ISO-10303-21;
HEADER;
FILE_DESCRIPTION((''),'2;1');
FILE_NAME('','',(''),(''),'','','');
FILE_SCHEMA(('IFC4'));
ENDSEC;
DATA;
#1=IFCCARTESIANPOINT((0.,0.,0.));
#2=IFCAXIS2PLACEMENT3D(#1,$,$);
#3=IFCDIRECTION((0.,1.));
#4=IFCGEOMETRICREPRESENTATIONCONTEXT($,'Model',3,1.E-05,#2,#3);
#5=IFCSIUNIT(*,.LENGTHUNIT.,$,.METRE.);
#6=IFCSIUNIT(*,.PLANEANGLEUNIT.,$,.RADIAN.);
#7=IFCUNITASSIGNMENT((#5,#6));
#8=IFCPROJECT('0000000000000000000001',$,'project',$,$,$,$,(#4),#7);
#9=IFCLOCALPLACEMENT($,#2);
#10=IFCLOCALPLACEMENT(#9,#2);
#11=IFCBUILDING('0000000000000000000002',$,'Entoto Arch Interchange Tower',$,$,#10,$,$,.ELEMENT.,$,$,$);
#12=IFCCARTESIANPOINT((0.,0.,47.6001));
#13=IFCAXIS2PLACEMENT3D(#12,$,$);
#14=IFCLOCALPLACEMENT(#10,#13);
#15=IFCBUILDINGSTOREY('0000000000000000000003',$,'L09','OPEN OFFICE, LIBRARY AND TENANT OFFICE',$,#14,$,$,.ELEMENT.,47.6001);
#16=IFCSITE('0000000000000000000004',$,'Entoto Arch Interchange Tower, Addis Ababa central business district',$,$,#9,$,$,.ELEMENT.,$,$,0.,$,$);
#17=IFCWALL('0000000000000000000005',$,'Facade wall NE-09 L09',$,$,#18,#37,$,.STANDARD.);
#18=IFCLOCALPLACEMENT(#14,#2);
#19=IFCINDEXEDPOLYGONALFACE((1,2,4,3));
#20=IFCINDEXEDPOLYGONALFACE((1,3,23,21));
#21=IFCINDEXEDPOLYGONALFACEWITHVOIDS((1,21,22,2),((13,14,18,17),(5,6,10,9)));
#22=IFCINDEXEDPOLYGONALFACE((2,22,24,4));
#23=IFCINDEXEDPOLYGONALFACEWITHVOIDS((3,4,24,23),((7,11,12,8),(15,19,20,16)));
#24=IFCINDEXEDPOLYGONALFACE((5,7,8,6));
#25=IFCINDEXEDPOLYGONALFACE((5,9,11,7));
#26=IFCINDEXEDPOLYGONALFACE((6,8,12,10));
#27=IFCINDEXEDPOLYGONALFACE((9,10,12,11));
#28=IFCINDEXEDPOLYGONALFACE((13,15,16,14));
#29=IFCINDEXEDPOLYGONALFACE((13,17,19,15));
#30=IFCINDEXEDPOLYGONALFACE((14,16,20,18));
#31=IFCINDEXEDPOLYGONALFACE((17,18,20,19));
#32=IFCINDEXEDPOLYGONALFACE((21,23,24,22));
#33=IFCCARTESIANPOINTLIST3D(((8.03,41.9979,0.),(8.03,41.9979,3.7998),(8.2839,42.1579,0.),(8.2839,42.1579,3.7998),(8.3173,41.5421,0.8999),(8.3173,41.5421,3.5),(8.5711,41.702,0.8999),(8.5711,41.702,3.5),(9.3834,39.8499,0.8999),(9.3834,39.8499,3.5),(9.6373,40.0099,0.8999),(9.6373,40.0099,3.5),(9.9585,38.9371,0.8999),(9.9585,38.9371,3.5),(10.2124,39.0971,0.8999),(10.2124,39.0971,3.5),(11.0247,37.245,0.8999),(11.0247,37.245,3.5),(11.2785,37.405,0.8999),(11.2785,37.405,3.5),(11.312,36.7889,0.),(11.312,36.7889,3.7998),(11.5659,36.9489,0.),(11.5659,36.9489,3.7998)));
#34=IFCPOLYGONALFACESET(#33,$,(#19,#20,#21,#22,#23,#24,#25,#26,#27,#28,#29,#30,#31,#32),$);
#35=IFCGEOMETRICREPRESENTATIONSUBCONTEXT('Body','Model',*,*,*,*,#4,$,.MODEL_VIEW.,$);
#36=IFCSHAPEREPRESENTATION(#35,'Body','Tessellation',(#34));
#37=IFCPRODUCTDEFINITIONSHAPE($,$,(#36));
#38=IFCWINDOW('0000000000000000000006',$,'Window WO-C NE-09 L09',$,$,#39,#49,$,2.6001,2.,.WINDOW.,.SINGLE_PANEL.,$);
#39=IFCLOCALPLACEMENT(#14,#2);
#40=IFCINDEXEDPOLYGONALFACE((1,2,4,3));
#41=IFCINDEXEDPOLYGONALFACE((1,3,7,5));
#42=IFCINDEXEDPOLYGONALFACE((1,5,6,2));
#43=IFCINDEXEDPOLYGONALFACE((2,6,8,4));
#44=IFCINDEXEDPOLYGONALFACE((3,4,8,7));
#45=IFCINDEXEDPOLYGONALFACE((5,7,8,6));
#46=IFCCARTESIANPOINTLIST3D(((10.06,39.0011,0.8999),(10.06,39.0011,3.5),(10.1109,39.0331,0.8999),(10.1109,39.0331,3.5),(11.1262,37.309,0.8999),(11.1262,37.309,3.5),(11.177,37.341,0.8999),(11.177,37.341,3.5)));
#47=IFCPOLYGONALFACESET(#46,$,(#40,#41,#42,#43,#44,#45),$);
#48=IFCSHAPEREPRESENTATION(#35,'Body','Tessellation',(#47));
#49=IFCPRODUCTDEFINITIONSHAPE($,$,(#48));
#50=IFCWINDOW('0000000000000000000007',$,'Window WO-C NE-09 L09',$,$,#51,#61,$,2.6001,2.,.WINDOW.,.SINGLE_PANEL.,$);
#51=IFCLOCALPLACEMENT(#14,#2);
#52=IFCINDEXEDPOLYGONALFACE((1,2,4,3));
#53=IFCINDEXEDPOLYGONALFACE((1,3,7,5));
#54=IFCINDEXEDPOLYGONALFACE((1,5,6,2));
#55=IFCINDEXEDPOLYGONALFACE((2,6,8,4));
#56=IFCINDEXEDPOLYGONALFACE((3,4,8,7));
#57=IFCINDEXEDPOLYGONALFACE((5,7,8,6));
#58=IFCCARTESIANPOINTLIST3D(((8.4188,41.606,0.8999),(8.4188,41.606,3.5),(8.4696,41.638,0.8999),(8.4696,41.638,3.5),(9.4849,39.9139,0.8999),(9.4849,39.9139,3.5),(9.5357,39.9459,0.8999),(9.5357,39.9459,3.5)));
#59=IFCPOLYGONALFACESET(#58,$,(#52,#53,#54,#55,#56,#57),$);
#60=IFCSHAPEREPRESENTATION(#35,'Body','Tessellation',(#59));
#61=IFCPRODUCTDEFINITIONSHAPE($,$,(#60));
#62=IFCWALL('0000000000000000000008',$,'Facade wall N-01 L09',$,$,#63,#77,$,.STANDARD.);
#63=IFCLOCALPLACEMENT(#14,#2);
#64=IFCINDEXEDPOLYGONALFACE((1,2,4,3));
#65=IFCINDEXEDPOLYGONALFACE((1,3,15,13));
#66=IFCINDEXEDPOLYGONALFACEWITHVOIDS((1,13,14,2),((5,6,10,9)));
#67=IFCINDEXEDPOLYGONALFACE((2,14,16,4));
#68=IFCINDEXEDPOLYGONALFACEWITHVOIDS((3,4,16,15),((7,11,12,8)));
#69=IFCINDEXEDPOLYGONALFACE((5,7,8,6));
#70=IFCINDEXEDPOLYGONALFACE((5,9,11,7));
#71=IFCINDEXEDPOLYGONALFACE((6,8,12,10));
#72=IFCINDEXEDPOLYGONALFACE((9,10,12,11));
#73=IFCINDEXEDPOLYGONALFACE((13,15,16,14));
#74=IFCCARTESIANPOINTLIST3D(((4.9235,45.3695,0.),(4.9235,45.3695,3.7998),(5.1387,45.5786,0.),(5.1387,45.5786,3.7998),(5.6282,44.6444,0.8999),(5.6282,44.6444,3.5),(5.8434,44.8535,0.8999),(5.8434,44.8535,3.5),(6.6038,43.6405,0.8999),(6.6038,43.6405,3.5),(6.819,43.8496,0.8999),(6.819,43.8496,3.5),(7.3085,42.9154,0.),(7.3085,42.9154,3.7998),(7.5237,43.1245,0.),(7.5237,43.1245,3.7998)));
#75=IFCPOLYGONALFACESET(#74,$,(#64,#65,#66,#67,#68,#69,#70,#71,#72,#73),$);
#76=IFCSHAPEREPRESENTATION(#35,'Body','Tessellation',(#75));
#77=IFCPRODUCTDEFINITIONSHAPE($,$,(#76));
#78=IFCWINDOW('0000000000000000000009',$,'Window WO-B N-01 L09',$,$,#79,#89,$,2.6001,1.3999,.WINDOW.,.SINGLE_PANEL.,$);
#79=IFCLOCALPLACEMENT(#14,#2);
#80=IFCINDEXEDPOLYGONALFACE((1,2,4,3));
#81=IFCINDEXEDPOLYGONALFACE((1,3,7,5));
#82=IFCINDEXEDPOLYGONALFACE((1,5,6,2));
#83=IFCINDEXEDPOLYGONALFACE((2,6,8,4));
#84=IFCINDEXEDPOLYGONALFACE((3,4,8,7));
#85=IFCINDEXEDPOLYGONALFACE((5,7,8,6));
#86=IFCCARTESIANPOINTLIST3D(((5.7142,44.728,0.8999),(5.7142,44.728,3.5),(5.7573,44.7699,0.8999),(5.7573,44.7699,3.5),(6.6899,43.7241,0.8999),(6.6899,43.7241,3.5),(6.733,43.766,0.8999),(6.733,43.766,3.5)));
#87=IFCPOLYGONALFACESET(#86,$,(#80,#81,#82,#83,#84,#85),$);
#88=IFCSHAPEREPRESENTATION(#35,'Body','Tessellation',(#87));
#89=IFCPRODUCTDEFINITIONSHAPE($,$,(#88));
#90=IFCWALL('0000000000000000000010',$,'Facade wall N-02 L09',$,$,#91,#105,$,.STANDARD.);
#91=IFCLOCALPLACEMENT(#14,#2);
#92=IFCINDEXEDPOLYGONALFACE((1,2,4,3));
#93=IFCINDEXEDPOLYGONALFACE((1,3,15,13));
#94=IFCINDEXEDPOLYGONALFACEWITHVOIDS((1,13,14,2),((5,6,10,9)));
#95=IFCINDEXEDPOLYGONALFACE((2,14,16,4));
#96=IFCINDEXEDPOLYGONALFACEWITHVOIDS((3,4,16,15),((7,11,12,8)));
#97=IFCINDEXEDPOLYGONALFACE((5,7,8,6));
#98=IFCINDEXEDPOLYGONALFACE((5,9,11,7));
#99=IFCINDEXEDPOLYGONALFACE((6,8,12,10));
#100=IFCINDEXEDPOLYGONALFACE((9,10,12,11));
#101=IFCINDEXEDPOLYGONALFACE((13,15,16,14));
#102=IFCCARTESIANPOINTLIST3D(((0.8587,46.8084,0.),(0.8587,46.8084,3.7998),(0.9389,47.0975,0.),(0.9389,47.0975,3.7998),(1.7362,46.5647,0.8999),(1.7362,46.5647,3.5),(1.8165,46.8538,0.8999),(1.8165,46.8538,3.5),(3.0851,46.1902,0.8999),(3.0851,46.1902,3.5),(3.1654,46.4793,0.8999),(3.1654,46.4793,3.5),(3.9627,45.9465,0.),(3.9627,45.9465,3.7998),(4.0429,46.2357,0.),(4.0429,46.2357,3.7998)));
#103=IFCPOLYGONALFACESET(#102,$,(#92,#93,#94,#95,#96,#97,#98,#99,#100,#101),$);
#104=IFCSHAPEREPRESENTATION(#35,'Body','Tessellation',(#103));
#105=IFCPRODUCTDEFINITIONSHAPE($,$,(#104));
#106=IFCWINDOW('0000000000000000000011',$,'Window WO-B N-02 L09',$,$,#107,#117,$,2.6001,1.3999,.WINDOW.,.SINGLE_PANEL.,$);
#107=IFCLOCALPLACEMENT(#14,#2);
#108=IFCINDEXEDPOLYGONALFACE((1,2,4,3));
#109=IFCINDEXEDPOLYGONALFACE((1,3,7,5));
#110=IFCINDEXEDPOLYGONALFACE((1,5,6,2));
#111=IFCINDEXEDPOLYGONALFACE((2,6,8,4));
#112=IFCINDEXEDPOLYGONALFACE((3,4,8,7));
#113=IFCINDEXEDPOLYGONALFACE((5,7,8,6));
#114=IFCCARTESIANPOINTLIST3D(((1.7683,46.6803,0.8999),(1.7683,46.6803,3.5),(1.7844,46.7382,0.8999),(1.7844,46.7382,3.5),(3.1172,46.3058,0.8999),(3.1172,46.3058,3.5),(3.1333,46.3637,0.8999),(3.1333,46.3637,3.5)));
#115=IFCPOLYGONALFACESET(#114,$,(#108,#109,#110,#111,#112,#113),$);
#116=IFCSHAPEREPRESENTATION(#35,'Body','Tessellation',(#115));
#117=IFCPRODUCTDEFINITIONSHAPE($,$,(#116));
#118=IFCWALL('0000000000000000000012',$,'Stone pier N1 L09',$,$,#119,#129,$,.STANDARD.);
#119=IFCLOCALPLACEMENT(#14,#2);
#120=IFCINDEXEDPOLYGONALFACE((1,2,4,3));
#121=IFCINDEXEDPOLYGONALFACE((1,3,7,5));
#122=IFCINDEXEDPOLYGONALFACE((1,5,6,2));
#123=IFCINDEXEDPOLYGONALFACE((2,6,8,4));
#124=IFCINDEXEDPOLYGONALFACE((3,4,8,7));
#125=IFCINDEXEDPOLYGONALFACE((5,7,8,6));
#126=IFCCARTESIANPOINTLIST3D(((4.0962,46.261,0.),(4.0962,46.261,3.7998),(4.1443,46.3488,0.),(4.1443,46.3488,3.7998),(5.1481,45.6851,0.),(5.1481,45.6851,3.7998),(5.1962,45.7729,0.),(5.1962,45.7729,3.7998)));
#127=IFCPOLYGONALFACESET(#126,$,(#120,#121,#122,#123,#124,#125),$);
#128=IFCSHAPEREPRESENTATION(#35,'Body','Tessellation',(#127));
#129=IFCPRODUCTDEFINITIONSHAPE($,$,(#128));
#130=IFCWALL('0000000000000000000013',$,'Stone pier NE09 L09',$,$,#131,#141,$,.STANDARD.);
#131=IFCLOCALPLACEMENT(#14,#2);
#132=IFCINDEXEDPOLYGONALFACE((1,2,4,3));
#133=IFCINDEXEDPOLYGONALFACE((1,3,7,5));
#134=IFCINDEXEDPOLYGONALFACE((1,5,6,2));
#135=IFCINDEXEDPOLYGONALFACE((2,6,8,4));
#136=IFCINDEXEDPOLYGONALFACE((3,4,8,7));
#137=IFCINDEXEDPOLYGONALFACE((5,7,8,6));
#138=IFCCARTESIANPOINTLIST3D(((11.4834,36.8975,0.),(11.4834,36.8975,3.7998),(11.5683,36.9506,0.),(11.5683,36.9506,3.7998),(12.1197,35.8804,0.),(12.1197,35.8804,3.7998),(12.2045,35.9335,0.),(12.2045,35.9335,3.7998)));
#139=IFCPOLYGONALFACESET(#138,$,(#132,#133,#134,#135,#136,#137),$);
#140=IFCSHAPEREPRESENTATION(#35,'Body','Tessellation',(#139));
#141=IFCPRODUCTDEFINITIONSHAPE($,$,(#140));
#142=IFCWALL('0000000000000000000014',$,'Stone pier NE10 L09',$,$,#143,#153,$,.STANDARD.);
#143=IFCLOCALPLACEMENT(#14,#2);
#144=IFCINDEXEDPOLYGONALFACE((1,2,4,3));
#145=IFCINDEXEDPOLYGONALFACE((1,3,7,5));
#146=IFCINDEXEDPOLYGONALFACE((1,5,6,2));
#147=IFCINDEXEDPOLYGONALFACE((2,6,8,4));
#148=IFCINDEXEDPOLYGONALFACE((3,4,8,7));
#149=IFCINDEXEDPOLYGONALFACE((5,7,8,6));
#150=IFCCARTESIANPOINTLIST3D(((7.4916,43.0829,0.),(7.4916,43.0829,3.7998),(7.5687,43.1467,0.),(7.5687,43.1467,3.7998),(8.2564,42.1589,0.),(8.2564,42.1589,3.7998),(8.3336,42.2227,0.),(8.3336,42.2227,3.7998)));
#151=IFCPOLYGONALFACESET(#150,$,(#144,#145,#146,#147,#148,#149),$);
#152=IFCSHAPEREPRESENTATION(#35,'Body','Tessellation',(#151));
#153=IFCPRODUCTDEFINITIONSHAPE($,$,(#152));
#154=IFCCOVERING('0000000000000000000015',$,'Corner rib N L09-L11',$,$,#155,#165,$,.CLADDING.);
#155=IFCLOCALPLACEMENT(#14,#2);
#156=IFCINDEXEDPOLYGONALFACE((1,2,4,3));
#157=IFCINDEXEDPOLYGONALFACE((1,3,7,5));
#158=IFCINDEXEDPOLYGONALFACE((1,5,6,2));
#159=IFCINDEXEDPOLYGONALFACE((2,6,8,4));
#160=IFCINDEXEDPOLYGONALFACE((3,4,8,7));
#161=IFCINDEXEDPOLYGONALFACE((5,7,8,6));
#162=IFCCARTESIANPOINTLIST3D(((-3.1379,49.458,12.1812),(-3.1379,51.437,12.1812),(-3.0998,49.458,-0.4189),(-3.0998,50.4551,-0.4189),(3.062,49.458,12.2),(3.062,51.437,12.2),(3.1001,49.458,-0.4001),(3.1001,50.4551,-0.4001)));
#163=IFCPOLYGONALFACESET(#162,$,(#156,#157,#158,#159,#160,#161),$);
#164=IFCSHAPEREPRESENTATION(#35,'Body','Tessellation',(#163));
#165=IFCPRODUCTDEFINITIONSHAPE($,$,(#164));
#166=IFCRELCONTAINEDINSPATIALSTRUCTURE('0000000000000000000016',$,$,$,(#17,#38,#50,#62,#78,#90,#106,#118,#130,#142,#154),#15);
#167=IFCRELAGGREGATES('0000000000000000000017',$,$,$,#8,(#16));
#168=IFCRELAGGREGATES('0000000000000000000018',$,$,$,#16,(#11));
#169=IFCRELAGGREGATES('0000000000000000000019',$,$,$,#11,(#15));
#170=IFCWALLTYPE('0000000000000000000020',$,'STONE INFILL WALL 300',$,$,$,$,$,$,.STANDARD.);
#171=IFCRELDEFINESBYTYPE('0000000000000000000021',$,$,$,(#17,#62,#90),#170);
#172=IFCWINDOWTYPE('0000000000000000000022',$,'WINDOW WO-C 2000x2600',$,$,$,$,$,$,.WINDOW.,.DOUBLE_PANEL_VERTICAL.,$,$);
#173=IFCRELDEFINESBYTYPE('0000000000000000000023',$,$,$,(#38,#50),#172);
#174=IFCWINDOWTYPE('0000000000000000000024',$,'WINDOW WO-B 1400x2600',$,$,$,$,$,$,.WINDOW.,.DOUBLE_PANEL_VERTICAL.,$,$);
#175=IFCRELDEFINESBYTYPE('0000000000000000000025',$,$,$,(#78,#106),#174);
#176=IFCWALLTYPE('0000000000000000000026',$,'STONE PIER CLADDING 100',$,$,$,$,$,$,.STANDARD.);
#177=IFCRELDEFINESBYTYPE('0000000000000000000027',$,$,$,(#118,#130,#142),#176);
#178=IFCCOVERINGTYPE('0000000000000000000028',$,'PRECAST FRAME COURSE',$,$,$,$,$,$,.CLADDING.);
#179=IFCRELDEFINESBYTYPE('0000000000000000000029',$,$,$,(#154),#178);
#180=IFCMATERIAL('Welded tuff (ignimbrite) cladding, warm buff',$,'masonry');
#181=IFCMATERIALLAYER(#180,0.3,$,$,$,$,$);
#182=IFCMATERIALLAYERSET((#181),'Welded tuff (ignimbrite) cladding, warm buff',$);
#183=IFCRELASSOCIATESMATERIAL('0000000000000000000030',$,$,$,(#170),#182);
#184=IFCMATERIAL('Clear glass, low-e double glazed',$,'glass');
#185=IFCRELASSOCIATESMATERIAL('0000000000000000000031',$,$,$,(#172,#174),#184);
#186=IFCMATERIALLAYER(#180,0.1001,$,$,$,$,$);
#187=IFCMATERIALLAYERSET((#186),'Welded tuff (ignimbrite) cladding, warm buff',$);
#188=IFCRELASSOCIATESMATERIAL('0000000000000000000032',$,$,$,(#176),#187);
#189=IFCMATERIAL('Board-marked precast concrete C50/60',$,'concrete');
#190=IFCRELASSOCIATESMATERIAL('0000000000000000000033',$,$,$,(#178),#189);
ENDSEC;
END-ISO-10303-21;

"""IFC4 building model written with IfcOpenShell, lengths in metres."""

from ifc_helpers import new_model, si_unit, direction, frame, frame_2d, origin, place, context, subcontext, project, spatial, polyline, rectangle, outline, extrude, material, layer, layer_set, type_object, element, fill, save


model = new_model("IFC4")

# Units and contexts
model_context = context("Model", 3, precision=1e-05, world=origin(), true_north=direction((0.0, 1.0)))
body_context = subcontext(model_context, "Body", "Model", "MODEL_VIEW")
ifc_project = project(units=[si_unit("LENGTHUNIT", "METRE"), si_unit("PLANEANGLEUNIT", "RADIAN")], contexts=[model_context])

# Site, building, storey
site_placement = place(None, origin())
site = spatial("IfcSite", under=ifc_project, at=site_placement, Name="Entoto Arch Interchange Tower, Addis Ababa central business district", CompositionType="ELEMENT", RefElevation=0.0)
building_placement = place(site_placement, origin())
building = spatial("IfcBuilding", under=site, at=building_placement, Name="Entoto Arch Interchange Tower", CompositionType="ELEMENT")
storey_placement = place(building_placement, frame((0.0, 0.0, 47.6001)))
storey = spatial("IfcBuildingStorey", under=building, at=storey_placement, Name="L09", Description="OPEN OFFICE, LIBRARY AND TENANT OFFICE", CompositionType="ELEMENT", Elevation=47.6001)

# Wall, openings, windows
ifc_material_1 = material(Name="Welded tuff (ignimbrite) cladding, warm buff", Category="masonry")
ifc_layer_1 = layer(ifc_material_1, 0.3)
ifc_layer_set_1 = layer_set([ifc_layer_1], Name="Welded tuff (ignimbrite) cladding, warm buff")
wall_type_1 = type_object("IfcWallType", Name="STONE INFILL WALL 300", PredefinedType="STANDARD", material=ifc_layer_set_1)
wall_1_placement = place(storey_placement, frame((11.439, 36.8689, 0.0), z_axis=(0.0, 0.0, 1.0), x_axis=(-0.533075, 0.846068, 0.0)))
wall_1 = element("IfcWall", 1, at=wall_1_placement, inside=storey, type_object=wall_type_1, Name="Facade wall NE-09 L09", PredefinedType="STANDARD", context=body_context, shape_type="SweptSolid", body=[
    extrude(rectangle(XDim=6.1567, YDim=0.3, at=frame_2d((3.0784, 0.0))), origin(), (0.0, 0.0, 1.0), 3.7998),
])
opening_1_placement = place(wall_1_placement, frame((0.5391, 0.0, 0.8999)))
opening_1 = element("IfcOpeningElement", 2, at=opening_1_placement, cuts=wall_1, PredefinedType="OPENING", context=body_context, shape_type="SweptSolid", body=[
    extrude(rectangle(XDim=2.0, YDim=2.6001, at=frame_2d((1.0, 1.3))), frame((0.0, 0.1602, 0.0), z_axis=(0.0, -1.0, 0.0), x_axis=(1.0, 0.0, 0.0)), (0.0, 0.0, 1.0), 0.3201),
])
opening_2_placement = place(wall_1_placement, frame((3.6179, 0.0, 0.8999)))
opening_2 = element("IfcOpeningElement", 3, at=opening_2_placement, cuts=wall_1, PredefinedType="OPENING", context=body_context, shape_type="SweptSolid", body=[
    extrude(rectangle(XDim=2.0, YDim=2.6001, at=frame_2d((1.0, 1.3))), frame((0.0, 0.1602, 0.0), z_axis=(0.0, -1.0, 0.0), x_axis=(1.0, 0.0, 0.0)), (0.0, 0.0, 1.0), 0.3201),
])
ifc_material_2 = material(Name="Clear glass, low-e double glazed", Category="glass")
window_type_1 = type_object("IfcWindowType", Name="WINDOW WO-C 2000x2600", PartitioningType="DOUBLE_PANEL_VERTICAL", PredefinedType="WINDOW", material=ifc_material_2)
window_1_placement = place(opening_1_placement, origin())
window_1 = element("IfcWindow", 4, at=window_1_placement, inside=storey, type_object=window_type_1, Name="Window WO-C NE-09 L09", OverallHeight=2.6001, OverallWidth=2.0, PartitioningType="SINGLE_PANEL", PredefinedType="WINDOW", context=body_context, shape_type="SweptSolid", body=[
    extrude(rectangle(XDim=2.0, YDim=2.6001, at=frame_2d((1.0, 1.3))), frame((0.0, 0.03, 0.0), z_axis=(0.0, -1.0, 0.0), x_axis=(1.0, 0.0, 0.0)), (0.0, 0.0, 1.0), 0.0601),
])
fill(opening_1, window_1)
window_2_placement = place(opening_2_placement, origin())
window_2 = element("IfcWindow", 5, at=window_2_placement, inside=storey, type_object=window_type_1, Name="Window WO-C NE-09 L09", OverallHeight=2.6001, OverallWidth=2.0, PartitioningType="SINGLE_PANEL", PredefinedType="WINDOW", context=body_context, shape_type="SweptSolid", body=[
    extrude(rectangle(XDim=2.0, YDim=2.6001, at=frame_2d((1.0, 1.3))), frame((0.0, 0.03, 0.0), z_axis=(0.0, -1.0, 0.0), x_axis=(1.0, 0.0, 0.0)), (0.0, 0.0, 1.0), 0.0601),
])
fill(opening_2, window_2)

# Walls, openings, windows
wall_2_placement = place(storey_placement, frame((7.416, 43.02, 0.0), z_axis=(0.0, 0.0, 1.0), x_axis=(-0.69694, 0.71713, 0.0)))
wall_2 = element("IfcWall", 6, at=wall_2_placement, inside=storey, type_object=wall_type_1, Name="Facade wall N-01 L09", PredefinedType="STANDARD", context=body_context, shape_type="SweptSolid", body=[
    extrude(rectangle(XDim=3.4221, YDim=0.3, at=frame_2d((1.7109, 0.0))), origin(), (0.0, 0.0, 1.0), 3.7998),
])
opening_3_placement = place(wall_2_placement, frame((1.011, 0.0, 0.8999)))
opening_3 = element("IfcOpeningElement", 7, at=opening_3_placement, cuts=wall_2, PredefinedType="OPENING", context=body_context, shape_type="SweptSolid", body=[
    extrude(rectangle(XDim=1.3999, YDim=2.6001, at=frame_2d((0.7, 1.3))), frame((0.0, 0.1602, 0.0), z_axis=(0.0, -1.0, 0.0), x_axis=(1.0, 0.0, 0.0)), (0.0, 0.0, 1.0), 0.3201),
])
window_type_2 = type_object("IfcWindowType", Name="WINDOW WO-B 1400x2600", PartitioningType="DOUBLE_PANEL_VERTICAL", PredefinedType="WINDOW", material=ifc_material_2)
window_3_placement = place(opening_3_placement, origin())
window_3 = element("IfcWindow", 8, at=window_3_placement, inside=storey, type_object=window_type_2, Name="Window WO-B N-01 L09", OverallHeight=2.6001, OverallWidth=1.3999, PartitioningType="SINGLE_PANEL", PredefinedType="WINDOW", context=body_context, shape_type="SweptSolid", body=[
    extrude(rectangle(XDim=1.3999, YDim=2.6001, at=frame_2d((0.7, 1.3))), frame((0.0, 0.03, 0.0), z_axis=(0.0, -1.0, 0.0), x_axis=(1.0, 0.0, 0.0)), (0.0, 0.0, 1.0), 0.0601),
])
fill(opening_3, window_3)
wall_3_placement = place(storey_placement, frame((4.0029, 46.0911, 0.0), z_axis=(0.0, 0.0, 1.0), x_axis=(-0.96355, 0.267527, 0.0)))
wall_3 = element("IfcWall", 9, at=wall_3_placement, inside=storey, type_object=wall_type_1, Name="Facade wall N-02 L09", PredefinedType="STANDARD", context=body_context, shape_type="SweptSolid", body=[
    extrude(rectangle(XDim=3.2214, YDim=0.3, at=frame_2d((1.6108, 0.0))), origin(), (0.0, 0.0, 1.0), 3.7998),
])
opening_4_placement = place(wall_3_placement, frame((0.9109, 0.0, 0.8999)))
opening_4 = element("IfcOpeningElement", 10, at=opening_4_placement, cuts=wall_3, PredefinedType="OPENING", context=body_context, shape_type="SweptSolid", body=[
    extrude(rectangle(XDim=1.3999, YDim=2.6001, at=frame_2d((0.7, 1.3))), frame((0.0, 0.1602, 0.0), z_axis=(0.0, -1.0, 0.0), x_axis=(1.0, 0.0, 0.0)), (0.0, 0.0, 1.0), 0.3201),
])
window_4_placement = place(opening_4_placement, origin())
window_4 = element("IfcWindow", 11, at=window_4_placement, inside=storey, type_object=window_type_2, Name="Window WO-B N-02 L09", OverallHeight=2.6001, OverallWidth=1.3999, PartitioningType="SINGLE_PANEL", PredefinedType="WINDOW", context=body_context, shape_type="SweptSolid", body=[
    extrude(rectangle(XDim=1.3999, YDim=2.6001, at=frame_2d((0.7, 1.3))), frame((0.0, 0.03, 0.0), z_axis=(0.0, -1.0, 0.0), x_axis=(1.0, 0.0, 0.0)), (0.0, 0.0, 1.0), 0.0601),
])
fill(opening_4, window_4)

# Walls
ifc_layer_2 = layer(ifc_material_1, 0.1001)
ifc_layer_set_2 = layer_set([ifc_layer_2], Name="Welded tuff (ignimbrite) cladding, warm buff")
wall_type_2 = type_object("IfcWallType", Name="STONE PIER CLADDING 100", PredefinedType="STANDARD", material=ifc_layer_set_2)
wall_4_placement = place(storey_placement, frame((5.1721, 45.729, 0.0), z_axis=(0.0, 0.0, 1.0), x_axis=(-0.877155, 0.480206, 0.0)))
element("IfcWall", 12, at=wall_4_placement, inside=storey, type_object=wall_type_2, Name="Stone pier N1 L09", PredefinedType="STANDARD", context=body_context, shape_type="SweptSolid", body=[
    extrude(rectangle(XDim=1.1992, YDim=0.1001, at=frame_2d((0.5996, 0.0))), origin(), (0.0, 0.0, 1.0), 3.7998),
])
wall_5_placement = place(storey_placement, frame((12.1621, 35.907, 0.0), z_axis=(0.0, 0.0, 1.0), x_axis=(-0.530328, 0.847792, 0.0)))
element("IfcWall", 13, at=wall_5_placement, inside=storey, type_object=wall_type_2, Name="Stone pier NE09 L09", PredefinedType="STANDARD", context=body_context, shape_type="SweptSolid", body=[
    extrude(rectangle(XDim=1.1997, YDim=0.1001, at=frame_2d((0.5999, 0.0))), origin(), (0.0, 0.0, 1.0), 3.7998),
])
wall_6_placement = place(storey_placement, frame((8.2949, 42.1909, 0.0), z_axis=(0.0, 0.0, 1.0), x_axis=(-0.637639, 0.770336, 0.0)))
element("IfcWall", 14, at=wall_6_placement, inside=storey, type_object=wall_type_2, Name="Stone pier NE10 L09", PredefinedType="STANDARD", context=body_context, shape_type="SweptSolid", body=[
    extrude(rectangle(XDim=1.1995, YDim=0.1001, at=frame_2d((0.5996, 0.0))), origin(), (0.0, 0.0, 1.0), 3.7998),
])

# Covering
ifc_material_3 = material(Name="Board-marked precast concrete C50/60", Category="concrete")
covering_type = type_object("IfcCoveringType", Name="PRECAST FRAME COURSE", PredefinedType="CLADDING", material=ifc_material_3)
covering_placement = place(storey_placement, frame((3.1001, 49.458, -0.4001), z_axis=(0.999995, 0.0, 0.003023), x_axis=(0.0, 1.0, 0.0)))
element("IfcCovering", 15, at=covering_placement, inside=storey, type_object=covering_type, Name="Corner rib N L09-L11", PredefinedType="CLADDING", context=body_context, shape_type="SweptSolid", body=[
    extrude(outline(polyline([(0.0, 0.0), (0.9971, 0.0), (1.979, 12.6002), (0.0, 12.6002), (0.0, 0.0)])), origin(), (0.0, 0.0, -1.0), 6.2),
])

save(model, "model.ifc")
